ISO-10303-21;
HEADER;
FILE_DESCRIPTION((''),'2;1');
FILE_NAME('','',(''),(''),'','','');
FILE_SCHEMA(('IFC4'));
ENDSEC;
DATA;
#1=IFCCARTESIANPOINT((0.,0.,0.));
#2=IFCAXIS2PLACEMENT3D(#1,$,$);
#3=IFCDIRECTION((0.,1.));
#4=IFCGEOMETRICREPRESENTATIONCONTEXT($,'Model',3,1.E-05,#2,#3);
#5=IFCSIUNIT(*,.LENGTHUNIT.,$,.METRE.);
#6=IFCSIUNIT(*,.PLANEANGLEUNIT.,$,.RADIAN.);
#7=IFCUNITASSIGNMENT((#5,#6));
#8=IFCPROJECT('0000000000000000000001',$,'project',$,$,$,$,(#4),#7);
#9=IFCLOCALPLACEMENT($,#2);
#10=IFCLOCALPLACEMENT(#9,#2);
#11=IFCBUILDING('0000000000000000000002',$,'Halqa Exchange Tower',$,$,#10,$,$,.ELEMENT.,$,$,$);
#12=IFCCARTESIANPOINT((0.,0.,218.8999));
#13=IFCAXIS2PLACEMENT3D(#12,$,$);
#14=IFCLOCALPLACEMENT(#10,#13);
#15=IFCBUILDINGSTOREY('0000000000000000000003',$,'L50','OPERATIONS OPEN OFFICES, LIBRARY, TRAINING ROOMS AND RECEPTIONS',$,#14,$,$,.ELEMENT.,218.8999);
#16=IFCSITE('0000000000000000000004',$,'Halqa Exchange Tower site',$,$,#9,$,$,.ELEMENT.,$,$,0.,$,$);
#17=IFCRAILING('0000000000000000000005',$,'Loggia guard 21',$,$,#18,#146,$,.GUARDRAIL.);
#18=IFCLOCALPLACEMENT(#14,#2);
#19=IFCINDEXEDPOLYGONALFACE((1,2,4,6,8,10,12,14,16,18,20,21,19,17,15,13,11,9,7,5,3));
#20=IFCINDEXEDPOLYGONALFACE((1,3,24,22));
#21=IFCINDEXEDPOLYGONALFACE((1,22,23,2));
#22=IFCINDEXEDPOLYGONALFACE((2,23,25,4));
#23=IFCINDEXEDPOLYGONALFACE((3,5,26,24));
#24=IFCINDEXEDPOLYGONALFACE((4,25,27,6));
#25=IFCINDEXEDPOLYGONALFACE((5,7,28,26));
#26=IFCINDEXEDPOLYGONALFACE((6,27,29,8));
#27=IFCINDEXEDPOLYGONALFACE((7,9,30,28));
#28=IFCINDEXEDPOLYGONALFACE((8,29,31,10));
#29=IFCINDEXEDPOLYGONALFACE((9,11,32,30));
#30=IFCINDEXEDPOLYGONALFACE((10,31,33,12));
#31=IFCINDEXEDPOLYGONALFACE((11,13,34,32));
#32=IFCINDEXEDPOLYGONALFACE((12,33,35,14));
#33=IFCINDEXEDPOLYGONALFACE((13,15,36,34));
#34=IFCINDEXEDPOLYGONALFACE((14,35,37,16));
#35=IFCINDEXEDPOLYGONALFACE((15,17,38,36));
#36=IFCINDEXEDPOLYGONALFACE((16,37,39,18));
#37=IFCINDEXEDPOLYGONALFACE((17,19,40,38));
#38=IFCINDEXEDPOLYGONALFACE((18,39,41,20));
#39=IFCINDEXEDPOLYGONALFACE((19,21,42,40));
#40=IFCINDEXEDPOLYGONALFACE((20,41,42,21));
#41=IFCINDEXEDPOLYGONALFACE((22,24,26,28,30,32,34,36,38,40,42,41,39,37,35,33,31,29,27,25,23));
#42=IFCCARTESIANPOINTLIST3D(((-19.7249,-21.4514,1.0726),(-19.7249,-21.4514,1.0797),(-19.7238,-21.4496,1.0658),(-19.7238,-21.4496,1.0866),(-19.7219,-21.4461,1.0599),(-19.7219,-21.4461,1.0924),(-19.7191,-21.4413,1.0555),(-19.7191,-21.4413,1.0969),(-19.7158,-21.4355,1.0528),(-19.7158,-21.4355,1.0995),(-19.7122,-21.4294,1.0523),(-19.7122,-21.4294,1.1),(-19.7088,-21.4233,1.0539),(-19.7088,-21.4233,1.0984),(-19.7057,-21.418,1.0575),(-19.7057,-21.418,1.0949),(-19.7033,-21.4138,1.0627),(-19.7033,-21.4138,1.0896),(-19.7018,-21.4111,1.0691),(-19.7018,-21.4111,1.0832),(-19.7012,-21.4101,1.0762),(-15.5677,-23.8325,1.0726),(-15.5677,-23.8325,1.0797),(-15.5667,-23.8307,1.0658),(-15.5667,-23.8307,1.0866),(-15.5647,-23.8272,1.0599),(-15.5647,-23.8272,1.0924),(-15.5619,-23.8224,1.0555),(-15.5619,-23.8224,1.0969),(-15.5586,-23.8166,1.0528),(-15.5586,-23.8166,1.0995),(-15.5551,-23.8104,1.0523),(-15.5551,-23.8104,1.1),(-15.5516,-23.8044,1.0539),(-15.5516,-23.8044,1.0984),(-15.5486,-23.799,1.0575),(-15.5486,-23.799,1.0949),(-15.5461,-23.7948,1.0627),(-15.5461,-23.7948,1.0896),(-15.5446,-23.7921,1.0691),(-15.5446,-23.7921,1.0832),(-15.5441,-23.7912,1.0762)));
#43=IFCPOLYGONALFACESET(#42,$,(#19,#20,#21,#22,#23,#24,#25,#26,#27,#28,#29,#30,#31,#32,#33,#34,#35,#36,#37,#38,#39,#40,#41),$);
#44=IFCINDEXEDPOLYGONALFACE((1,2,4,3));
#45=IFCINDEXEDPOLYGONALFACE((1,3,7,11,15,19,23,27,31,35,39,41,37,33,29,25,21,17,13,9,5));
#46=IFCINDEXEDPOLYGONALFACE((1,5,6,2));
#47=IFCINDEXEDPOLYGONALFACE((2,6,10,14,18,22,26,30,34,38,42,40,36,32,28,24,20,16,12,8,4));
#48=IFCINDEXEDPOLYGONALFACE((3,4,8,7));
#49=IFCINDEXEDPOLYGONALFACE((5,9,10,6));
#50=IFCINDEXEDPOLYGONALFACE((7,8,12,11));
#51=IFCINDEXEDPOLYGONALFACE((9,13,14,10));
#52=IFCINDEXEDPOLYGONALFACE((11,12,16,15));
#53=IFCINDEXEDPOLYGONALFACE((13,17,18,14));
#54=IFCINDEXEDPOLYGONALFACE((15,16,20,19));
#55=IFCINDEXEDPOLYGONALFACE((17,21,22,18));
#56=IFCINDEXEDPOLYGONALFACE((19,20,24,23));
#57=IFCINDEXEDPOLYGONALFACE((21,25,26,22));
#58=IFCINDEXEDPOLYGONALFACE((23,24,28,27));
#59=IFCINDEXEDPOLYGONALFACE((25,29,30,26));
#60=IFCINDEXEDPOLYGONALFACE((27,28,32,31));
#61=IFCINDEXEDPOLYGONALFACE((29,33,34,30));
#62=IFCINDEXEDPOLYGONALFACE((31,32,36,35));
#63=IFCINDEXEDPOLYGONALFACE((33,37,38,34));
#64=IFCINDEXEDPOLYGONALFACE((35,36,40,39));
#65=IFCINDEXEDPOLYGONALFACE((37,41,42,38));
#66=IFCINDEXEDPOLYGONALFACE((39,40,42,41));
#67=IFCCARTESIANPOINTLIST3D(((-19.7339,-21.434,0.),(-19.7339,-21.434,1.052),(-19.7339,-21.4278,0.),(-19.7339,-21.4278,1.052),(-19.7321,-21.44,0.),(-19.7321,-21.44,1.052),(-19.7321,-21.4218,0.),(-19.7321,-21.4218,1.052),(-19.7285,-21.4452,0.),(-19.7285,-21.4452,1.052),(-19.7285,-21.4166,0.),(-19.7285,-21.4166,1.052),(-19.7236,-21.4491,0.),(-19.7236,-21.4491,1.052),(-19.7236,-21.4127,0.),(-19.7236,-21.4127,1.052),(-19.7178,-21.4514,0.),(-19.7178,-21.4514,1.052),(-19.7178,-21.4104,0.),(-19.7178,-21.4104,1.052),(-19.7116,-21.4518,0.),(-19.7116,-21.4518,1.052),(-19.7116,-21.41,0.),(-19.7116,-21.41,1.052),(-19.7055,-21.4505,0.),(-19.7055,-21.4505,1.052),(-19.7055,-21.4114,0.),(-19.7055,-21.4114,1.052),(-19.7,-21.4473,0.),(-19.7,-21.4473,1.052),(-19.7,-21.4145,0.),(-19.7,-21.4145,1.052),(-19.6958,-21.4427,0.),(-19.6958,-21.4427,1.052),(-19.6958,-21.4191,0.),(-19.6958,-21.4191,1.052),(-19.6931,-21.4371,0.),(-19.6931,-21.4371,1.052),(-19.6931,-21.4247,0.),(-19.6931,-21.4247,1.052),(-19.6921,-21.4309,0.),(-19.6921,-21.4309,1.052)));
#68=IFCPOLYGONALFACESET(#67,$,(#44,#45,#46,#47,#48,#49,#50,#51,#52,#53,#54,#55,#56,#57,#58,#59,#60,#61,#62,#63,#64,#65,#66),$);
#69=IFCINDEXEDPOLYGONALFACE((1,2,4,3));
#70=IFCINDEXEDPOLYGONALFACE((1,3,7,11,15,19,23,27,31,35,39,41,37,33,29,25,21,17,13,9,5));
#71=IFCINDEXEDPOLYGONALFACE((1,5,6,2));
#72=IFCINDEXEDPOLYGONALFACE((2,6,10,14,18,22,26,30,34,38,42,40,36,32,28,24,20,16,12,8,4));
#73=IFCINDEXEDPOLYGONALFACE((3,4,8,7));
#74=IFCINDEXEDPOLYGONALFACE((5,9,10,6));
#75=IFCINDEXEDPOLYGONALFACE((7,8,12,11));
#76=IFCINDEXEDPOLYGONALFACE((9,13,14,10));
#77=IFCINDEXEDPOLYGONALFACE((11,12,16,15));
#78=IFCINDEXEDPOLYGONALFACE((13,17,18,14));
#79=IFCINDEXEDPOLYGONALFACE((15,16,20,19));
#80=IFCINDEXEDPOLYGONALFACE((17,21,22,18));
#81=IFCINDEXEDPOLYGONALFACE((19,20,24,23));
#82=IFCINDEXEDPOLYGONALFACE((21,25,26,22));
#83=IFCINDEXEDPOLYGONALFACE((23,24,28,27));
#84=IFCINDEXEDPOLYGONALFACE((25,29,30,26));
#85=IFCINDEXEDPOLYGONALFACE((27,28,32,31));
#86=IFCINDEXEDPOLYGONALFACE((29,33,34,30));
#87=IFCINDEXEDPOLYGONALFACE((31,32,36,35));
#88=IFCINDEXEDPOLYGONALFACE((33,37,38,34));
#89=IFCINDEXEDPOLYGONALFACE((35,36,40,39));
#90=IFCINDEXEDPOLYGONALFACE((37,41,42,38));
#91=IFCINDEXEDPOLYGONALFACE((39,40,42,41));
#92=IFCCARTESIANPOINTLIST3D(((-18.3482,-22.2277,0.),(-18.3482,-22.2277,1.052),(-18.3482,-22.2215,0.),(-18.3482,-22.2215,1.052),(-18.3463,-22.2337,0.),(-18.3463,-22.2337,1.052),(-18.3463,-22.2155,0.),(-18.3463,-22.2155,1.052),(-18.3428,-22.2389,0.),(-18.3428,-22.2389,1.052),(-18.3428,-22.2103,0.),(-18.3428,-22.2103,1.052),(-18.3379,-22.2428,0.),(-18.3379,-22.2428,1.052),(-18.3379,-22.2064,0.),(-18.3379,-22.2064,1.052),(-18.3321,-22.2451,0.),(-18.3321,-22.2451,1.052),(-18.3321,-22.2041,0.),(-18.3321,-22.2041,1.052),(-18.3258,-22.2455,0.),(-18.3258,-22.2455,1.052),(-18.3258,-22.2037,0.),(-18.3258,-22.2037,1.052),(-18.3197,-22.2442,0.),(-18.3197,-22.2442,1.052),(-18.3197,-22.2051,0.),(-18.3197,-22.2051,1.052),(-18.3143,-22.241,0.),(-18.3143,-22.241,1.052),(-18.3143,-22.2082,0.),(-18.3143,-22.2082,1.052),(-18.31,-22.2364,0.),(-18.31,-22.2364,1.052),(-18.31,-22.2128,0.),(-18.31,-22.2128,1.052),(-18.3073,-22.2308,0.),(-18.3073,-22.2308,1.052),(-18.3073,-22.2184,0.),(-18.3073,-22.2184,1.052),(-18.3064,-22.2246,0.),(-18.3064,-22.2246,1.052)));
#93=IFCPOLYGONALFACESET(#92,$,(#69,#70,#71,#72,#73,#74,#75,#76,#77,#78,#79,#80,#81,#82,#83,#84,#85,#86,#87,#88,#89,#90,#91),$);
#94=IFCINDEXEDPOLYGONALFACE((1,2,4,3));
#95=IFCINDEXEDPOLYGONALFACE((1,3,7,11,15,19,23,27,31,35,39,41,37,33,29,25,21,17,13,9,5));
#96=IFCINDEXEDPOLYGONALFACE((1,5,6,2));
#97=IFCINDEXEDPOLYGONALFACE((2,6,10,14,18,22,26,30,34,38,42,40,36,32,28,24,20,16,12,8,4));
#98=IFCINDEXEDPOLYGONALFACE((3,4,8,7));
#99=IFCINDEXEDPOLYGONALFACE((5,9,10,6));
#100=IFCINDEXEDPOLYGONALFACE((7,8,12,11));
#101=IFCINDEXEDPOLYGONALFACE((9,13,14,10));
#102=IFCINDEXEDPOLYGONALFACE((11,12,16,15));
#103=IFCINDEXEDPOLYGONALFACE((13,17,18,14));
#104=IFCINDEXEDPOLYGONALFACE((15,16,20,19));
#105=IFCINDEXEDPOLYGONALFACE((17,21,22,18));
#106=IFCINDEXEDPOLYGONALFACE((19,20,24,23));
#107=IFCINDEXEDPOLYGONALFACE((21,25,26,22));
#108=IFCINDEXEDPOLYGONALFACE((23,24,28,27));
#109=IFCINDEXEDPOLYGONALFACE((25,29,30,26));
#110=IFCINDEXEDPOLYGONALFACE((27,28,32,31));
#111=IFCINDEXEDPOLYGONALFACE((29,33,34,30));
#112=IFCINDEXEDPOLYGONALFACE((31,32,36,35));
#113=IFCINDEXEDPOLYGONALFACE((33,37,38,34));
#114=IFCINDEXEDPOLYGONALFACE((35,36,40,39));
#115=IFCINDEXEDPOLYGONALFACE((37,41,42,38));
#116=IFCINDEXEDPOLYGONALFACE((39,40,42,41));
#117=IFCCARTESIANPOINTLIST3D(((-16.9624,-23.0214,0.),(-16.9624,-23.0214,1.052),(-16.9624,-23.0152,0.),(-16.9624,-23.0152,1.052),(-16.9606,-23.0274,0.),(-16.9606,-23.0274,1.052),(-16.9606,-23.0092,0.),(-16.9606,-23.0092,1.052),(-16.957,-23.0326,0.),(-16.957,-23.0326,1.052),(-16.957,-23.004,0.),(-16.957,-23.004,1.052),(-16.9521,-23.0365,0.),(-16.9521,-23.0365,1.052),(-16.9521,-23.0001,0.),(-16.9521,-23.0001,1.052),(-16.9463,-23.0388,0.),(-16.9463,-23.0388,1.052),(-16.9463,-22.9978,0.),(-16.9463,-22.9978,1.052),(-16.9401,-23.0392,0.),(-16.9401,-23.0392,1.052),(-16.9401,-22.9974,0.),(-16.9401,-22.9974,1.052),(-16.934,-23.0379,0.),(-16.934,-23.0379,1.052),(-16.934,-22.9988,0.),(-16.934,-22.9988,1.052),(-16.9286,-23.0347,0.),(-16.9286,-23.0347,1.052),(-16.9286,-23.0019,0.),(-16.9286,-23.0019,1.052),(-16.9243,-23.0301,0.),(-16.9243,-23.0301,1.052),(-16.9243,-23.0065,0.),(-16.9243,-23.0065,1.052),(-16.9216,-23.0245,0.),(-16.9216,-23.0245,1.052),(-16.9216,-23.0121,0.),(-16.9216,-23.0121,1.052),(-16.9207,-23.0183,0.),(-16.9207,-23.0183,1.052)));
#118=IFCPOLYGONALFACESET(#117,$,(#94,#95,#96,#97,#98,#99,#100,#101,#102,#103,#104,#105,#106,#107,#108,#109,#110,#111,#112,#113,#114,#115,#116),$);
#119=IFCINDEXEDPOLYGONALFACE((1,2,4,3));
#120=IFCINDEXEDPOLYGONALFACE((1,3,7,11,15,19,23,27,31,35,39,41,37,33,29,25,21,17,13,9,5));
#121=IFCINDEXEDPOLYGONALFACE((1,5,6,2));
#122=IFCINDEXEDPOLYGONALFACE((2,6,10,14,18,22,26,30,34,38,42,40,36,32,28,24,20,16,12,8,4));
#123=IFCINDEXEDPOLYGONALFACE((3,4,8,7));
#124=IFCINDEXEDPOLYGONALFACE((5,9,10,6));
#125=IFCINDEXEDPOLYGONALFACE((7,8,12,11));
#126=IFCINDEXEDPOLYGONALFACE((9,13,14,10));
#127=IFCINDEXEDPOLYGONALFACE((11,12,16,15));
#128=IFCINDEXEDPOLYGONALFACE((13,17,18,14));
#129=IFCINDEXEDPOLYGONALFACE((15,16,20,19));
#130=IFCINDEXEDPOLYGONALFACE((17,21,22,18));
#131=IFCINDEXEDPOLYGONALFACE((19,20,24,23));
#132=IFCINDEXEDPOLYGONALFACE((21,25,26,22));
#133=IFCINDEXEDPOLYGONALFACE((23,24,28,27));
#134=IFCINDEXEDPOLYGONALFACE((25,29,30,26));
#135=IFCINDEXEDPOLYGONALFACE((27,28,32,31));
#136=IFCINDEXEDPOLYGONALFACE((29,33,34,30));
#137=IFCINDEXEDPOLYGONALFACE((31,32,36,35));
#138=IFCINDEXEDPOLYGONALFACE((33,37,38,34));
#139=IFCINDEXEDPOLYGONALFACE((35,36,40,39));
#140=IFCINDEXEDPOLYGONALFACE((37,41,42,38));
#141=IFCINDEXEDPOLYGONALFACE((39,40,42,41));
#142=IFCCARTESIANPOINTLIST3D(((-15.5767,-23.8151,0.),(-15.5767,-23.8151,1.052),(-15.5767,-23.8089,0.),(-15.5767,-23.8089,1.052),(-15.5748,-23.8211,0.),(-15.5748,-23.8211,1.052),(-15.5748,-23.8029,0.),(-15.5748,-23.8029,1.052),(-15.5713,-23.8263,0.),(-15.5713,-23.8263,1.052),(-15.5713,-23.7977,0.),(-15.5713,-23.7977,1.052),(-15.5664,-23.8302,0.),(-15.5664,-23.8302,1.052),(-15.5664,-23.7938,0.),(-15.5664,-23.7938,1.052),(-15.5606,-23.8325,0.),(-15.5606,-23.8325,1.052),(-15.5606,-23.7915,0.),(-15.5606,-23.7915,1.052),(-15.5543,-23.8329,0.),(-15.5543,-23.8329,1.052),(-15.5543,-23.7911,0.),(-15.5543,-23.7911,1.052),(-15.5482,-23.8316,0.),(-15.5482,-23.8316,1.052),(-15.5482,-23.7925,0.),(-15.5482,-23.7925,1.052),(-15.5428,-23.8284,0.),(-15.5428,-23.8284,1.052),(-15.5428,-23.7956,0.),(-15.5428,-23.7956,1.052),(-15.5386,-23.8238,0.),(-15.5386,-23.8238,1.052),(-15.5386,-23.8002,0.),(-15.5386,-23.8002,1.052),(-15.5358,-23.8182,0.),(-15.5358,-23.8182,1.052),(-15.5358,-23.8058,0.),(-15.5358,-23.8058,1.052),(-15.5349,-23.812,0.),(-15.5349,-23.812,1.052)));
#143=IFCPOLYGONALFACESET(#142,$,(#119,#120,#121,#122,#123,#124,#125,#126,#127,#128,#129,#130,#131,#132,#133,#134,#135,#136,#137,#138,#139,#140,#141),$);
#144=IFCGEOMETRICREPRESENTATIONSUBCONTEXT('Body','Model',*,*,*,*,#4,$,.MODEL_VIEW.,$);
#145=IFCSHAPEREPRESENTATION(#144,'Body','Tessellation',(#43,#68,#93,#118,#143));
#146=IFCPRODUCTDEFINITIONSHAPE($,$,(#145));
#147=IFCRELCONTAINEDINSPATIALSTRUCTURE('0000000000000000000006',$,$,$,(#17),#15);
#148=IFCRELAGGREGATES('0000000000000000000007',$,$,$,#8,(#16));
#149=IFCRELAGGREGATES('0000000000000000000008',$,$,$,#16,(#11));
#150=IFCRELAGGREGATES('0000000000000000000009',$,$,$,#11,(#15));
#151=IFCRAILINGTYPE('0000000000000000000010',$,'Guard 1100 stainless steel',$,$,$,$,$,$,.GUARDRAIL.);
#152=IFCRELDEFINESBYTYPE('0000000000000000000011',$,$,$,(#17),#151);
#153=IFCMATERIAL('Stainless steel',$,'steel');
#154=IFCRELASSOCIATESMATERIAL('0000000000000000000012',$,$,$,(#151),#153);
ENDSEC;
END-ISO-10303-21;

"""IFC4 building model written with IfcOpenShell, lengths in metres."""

from ifc_helpers import new_model, si_unit, direction, frame, origin, origin_2d, place, context, subcontext, project, spatial, circle, extrude, material, type_object, element, save


model = new_model("IFC4")

# Units and contexts
model_context = context("Model", 3, precision=1e-05, world=origin(), true_north=direction((0.0, 1.0)))
body_context = subcontext(model_context, "Body", "Model", "MODEL_VIEW")
ifc_project = project(units=[si_unit("LENGTHUNIT", "METRE"), si_unit("PLANEANGLEUNIT", "RADIAN")], contexts=[model_context])

# Site, building, storey
site_placement = place(None, origin())
site = spatial("IfcSite", under=ifc_project, at=site_placement, Name="Halqa Exchange Tower site", CompositionType="ELEMENT", RefElevation=0.0)
building_placement = place(site_placement, origin())
building = spatial("IfcBuilding", under=site, at=building_placement, Name="Halqa Exchange Tower", CompositionType="ELEMENT")
storey_placement = place(building_placement, frame((0.0, 0.0, 218.8999)))
storey = spatial("IfcBuildingStorey", under=building, at=storey_placement, Name="L50", Description="OPERATIONS OPEN OFFICES, LIBRARY, TRAINING ROOMS AND RECEPTIONS", CompositionType="ELEMENT", Elevation=218.8999)

# Railing
ifc_material_1 = material(Name="Stainless steel", Category="steel")
railing_type = type_object("IfcRailingType", Name="Guard 1100 stainless steel", PredefinedType="GUARDRAIL", material=ifc_material_1)
railing_1_placement = place(storey_placement, frame((-19.7131, -21.4309, 0.0)))
element("IfcRailing", 1, at=railing_1_placement, inside=storey, type_object=railing_type, Name="Loggia guard 21", PredefinedType="GUARDRAIL", context=body_context, shape_type="SweptSolid", body=[
    extrude(circle(Radius=0.0239, at=origin_2d()), frame((0.0, 0.0, 1.0762), z_axis=(0.867744, -0.497011, 0.0), x_axis=(0.497011, 0.867744, 0.0)), (0.0, 0.0, 1.0), 4.7908),
    extrude(circle(Radius=0.021, at=origin_2d()), origin(), (0.0, 0.0, 1.0), 1.052),
    extrude(circle(Radius=0.021, at=origin_2d()), frame((1.3857, -0.7937, 0.0)), (0.0, 0.0, 1.0), 1.052),
    extrude(circle(Radius=0.021, at=origin_2d()), frame((2.7715, -1.5874, 0.0)), (0.0, 0.0, 1.0), 1.052),
    extrude(circle(Radius=0.021, at=origin_2d()), frame((4.1572, -2.3811, 0.0)), (0.0, 0.0, 1.0), 1.052),
])

save(model, "model.ifc")
